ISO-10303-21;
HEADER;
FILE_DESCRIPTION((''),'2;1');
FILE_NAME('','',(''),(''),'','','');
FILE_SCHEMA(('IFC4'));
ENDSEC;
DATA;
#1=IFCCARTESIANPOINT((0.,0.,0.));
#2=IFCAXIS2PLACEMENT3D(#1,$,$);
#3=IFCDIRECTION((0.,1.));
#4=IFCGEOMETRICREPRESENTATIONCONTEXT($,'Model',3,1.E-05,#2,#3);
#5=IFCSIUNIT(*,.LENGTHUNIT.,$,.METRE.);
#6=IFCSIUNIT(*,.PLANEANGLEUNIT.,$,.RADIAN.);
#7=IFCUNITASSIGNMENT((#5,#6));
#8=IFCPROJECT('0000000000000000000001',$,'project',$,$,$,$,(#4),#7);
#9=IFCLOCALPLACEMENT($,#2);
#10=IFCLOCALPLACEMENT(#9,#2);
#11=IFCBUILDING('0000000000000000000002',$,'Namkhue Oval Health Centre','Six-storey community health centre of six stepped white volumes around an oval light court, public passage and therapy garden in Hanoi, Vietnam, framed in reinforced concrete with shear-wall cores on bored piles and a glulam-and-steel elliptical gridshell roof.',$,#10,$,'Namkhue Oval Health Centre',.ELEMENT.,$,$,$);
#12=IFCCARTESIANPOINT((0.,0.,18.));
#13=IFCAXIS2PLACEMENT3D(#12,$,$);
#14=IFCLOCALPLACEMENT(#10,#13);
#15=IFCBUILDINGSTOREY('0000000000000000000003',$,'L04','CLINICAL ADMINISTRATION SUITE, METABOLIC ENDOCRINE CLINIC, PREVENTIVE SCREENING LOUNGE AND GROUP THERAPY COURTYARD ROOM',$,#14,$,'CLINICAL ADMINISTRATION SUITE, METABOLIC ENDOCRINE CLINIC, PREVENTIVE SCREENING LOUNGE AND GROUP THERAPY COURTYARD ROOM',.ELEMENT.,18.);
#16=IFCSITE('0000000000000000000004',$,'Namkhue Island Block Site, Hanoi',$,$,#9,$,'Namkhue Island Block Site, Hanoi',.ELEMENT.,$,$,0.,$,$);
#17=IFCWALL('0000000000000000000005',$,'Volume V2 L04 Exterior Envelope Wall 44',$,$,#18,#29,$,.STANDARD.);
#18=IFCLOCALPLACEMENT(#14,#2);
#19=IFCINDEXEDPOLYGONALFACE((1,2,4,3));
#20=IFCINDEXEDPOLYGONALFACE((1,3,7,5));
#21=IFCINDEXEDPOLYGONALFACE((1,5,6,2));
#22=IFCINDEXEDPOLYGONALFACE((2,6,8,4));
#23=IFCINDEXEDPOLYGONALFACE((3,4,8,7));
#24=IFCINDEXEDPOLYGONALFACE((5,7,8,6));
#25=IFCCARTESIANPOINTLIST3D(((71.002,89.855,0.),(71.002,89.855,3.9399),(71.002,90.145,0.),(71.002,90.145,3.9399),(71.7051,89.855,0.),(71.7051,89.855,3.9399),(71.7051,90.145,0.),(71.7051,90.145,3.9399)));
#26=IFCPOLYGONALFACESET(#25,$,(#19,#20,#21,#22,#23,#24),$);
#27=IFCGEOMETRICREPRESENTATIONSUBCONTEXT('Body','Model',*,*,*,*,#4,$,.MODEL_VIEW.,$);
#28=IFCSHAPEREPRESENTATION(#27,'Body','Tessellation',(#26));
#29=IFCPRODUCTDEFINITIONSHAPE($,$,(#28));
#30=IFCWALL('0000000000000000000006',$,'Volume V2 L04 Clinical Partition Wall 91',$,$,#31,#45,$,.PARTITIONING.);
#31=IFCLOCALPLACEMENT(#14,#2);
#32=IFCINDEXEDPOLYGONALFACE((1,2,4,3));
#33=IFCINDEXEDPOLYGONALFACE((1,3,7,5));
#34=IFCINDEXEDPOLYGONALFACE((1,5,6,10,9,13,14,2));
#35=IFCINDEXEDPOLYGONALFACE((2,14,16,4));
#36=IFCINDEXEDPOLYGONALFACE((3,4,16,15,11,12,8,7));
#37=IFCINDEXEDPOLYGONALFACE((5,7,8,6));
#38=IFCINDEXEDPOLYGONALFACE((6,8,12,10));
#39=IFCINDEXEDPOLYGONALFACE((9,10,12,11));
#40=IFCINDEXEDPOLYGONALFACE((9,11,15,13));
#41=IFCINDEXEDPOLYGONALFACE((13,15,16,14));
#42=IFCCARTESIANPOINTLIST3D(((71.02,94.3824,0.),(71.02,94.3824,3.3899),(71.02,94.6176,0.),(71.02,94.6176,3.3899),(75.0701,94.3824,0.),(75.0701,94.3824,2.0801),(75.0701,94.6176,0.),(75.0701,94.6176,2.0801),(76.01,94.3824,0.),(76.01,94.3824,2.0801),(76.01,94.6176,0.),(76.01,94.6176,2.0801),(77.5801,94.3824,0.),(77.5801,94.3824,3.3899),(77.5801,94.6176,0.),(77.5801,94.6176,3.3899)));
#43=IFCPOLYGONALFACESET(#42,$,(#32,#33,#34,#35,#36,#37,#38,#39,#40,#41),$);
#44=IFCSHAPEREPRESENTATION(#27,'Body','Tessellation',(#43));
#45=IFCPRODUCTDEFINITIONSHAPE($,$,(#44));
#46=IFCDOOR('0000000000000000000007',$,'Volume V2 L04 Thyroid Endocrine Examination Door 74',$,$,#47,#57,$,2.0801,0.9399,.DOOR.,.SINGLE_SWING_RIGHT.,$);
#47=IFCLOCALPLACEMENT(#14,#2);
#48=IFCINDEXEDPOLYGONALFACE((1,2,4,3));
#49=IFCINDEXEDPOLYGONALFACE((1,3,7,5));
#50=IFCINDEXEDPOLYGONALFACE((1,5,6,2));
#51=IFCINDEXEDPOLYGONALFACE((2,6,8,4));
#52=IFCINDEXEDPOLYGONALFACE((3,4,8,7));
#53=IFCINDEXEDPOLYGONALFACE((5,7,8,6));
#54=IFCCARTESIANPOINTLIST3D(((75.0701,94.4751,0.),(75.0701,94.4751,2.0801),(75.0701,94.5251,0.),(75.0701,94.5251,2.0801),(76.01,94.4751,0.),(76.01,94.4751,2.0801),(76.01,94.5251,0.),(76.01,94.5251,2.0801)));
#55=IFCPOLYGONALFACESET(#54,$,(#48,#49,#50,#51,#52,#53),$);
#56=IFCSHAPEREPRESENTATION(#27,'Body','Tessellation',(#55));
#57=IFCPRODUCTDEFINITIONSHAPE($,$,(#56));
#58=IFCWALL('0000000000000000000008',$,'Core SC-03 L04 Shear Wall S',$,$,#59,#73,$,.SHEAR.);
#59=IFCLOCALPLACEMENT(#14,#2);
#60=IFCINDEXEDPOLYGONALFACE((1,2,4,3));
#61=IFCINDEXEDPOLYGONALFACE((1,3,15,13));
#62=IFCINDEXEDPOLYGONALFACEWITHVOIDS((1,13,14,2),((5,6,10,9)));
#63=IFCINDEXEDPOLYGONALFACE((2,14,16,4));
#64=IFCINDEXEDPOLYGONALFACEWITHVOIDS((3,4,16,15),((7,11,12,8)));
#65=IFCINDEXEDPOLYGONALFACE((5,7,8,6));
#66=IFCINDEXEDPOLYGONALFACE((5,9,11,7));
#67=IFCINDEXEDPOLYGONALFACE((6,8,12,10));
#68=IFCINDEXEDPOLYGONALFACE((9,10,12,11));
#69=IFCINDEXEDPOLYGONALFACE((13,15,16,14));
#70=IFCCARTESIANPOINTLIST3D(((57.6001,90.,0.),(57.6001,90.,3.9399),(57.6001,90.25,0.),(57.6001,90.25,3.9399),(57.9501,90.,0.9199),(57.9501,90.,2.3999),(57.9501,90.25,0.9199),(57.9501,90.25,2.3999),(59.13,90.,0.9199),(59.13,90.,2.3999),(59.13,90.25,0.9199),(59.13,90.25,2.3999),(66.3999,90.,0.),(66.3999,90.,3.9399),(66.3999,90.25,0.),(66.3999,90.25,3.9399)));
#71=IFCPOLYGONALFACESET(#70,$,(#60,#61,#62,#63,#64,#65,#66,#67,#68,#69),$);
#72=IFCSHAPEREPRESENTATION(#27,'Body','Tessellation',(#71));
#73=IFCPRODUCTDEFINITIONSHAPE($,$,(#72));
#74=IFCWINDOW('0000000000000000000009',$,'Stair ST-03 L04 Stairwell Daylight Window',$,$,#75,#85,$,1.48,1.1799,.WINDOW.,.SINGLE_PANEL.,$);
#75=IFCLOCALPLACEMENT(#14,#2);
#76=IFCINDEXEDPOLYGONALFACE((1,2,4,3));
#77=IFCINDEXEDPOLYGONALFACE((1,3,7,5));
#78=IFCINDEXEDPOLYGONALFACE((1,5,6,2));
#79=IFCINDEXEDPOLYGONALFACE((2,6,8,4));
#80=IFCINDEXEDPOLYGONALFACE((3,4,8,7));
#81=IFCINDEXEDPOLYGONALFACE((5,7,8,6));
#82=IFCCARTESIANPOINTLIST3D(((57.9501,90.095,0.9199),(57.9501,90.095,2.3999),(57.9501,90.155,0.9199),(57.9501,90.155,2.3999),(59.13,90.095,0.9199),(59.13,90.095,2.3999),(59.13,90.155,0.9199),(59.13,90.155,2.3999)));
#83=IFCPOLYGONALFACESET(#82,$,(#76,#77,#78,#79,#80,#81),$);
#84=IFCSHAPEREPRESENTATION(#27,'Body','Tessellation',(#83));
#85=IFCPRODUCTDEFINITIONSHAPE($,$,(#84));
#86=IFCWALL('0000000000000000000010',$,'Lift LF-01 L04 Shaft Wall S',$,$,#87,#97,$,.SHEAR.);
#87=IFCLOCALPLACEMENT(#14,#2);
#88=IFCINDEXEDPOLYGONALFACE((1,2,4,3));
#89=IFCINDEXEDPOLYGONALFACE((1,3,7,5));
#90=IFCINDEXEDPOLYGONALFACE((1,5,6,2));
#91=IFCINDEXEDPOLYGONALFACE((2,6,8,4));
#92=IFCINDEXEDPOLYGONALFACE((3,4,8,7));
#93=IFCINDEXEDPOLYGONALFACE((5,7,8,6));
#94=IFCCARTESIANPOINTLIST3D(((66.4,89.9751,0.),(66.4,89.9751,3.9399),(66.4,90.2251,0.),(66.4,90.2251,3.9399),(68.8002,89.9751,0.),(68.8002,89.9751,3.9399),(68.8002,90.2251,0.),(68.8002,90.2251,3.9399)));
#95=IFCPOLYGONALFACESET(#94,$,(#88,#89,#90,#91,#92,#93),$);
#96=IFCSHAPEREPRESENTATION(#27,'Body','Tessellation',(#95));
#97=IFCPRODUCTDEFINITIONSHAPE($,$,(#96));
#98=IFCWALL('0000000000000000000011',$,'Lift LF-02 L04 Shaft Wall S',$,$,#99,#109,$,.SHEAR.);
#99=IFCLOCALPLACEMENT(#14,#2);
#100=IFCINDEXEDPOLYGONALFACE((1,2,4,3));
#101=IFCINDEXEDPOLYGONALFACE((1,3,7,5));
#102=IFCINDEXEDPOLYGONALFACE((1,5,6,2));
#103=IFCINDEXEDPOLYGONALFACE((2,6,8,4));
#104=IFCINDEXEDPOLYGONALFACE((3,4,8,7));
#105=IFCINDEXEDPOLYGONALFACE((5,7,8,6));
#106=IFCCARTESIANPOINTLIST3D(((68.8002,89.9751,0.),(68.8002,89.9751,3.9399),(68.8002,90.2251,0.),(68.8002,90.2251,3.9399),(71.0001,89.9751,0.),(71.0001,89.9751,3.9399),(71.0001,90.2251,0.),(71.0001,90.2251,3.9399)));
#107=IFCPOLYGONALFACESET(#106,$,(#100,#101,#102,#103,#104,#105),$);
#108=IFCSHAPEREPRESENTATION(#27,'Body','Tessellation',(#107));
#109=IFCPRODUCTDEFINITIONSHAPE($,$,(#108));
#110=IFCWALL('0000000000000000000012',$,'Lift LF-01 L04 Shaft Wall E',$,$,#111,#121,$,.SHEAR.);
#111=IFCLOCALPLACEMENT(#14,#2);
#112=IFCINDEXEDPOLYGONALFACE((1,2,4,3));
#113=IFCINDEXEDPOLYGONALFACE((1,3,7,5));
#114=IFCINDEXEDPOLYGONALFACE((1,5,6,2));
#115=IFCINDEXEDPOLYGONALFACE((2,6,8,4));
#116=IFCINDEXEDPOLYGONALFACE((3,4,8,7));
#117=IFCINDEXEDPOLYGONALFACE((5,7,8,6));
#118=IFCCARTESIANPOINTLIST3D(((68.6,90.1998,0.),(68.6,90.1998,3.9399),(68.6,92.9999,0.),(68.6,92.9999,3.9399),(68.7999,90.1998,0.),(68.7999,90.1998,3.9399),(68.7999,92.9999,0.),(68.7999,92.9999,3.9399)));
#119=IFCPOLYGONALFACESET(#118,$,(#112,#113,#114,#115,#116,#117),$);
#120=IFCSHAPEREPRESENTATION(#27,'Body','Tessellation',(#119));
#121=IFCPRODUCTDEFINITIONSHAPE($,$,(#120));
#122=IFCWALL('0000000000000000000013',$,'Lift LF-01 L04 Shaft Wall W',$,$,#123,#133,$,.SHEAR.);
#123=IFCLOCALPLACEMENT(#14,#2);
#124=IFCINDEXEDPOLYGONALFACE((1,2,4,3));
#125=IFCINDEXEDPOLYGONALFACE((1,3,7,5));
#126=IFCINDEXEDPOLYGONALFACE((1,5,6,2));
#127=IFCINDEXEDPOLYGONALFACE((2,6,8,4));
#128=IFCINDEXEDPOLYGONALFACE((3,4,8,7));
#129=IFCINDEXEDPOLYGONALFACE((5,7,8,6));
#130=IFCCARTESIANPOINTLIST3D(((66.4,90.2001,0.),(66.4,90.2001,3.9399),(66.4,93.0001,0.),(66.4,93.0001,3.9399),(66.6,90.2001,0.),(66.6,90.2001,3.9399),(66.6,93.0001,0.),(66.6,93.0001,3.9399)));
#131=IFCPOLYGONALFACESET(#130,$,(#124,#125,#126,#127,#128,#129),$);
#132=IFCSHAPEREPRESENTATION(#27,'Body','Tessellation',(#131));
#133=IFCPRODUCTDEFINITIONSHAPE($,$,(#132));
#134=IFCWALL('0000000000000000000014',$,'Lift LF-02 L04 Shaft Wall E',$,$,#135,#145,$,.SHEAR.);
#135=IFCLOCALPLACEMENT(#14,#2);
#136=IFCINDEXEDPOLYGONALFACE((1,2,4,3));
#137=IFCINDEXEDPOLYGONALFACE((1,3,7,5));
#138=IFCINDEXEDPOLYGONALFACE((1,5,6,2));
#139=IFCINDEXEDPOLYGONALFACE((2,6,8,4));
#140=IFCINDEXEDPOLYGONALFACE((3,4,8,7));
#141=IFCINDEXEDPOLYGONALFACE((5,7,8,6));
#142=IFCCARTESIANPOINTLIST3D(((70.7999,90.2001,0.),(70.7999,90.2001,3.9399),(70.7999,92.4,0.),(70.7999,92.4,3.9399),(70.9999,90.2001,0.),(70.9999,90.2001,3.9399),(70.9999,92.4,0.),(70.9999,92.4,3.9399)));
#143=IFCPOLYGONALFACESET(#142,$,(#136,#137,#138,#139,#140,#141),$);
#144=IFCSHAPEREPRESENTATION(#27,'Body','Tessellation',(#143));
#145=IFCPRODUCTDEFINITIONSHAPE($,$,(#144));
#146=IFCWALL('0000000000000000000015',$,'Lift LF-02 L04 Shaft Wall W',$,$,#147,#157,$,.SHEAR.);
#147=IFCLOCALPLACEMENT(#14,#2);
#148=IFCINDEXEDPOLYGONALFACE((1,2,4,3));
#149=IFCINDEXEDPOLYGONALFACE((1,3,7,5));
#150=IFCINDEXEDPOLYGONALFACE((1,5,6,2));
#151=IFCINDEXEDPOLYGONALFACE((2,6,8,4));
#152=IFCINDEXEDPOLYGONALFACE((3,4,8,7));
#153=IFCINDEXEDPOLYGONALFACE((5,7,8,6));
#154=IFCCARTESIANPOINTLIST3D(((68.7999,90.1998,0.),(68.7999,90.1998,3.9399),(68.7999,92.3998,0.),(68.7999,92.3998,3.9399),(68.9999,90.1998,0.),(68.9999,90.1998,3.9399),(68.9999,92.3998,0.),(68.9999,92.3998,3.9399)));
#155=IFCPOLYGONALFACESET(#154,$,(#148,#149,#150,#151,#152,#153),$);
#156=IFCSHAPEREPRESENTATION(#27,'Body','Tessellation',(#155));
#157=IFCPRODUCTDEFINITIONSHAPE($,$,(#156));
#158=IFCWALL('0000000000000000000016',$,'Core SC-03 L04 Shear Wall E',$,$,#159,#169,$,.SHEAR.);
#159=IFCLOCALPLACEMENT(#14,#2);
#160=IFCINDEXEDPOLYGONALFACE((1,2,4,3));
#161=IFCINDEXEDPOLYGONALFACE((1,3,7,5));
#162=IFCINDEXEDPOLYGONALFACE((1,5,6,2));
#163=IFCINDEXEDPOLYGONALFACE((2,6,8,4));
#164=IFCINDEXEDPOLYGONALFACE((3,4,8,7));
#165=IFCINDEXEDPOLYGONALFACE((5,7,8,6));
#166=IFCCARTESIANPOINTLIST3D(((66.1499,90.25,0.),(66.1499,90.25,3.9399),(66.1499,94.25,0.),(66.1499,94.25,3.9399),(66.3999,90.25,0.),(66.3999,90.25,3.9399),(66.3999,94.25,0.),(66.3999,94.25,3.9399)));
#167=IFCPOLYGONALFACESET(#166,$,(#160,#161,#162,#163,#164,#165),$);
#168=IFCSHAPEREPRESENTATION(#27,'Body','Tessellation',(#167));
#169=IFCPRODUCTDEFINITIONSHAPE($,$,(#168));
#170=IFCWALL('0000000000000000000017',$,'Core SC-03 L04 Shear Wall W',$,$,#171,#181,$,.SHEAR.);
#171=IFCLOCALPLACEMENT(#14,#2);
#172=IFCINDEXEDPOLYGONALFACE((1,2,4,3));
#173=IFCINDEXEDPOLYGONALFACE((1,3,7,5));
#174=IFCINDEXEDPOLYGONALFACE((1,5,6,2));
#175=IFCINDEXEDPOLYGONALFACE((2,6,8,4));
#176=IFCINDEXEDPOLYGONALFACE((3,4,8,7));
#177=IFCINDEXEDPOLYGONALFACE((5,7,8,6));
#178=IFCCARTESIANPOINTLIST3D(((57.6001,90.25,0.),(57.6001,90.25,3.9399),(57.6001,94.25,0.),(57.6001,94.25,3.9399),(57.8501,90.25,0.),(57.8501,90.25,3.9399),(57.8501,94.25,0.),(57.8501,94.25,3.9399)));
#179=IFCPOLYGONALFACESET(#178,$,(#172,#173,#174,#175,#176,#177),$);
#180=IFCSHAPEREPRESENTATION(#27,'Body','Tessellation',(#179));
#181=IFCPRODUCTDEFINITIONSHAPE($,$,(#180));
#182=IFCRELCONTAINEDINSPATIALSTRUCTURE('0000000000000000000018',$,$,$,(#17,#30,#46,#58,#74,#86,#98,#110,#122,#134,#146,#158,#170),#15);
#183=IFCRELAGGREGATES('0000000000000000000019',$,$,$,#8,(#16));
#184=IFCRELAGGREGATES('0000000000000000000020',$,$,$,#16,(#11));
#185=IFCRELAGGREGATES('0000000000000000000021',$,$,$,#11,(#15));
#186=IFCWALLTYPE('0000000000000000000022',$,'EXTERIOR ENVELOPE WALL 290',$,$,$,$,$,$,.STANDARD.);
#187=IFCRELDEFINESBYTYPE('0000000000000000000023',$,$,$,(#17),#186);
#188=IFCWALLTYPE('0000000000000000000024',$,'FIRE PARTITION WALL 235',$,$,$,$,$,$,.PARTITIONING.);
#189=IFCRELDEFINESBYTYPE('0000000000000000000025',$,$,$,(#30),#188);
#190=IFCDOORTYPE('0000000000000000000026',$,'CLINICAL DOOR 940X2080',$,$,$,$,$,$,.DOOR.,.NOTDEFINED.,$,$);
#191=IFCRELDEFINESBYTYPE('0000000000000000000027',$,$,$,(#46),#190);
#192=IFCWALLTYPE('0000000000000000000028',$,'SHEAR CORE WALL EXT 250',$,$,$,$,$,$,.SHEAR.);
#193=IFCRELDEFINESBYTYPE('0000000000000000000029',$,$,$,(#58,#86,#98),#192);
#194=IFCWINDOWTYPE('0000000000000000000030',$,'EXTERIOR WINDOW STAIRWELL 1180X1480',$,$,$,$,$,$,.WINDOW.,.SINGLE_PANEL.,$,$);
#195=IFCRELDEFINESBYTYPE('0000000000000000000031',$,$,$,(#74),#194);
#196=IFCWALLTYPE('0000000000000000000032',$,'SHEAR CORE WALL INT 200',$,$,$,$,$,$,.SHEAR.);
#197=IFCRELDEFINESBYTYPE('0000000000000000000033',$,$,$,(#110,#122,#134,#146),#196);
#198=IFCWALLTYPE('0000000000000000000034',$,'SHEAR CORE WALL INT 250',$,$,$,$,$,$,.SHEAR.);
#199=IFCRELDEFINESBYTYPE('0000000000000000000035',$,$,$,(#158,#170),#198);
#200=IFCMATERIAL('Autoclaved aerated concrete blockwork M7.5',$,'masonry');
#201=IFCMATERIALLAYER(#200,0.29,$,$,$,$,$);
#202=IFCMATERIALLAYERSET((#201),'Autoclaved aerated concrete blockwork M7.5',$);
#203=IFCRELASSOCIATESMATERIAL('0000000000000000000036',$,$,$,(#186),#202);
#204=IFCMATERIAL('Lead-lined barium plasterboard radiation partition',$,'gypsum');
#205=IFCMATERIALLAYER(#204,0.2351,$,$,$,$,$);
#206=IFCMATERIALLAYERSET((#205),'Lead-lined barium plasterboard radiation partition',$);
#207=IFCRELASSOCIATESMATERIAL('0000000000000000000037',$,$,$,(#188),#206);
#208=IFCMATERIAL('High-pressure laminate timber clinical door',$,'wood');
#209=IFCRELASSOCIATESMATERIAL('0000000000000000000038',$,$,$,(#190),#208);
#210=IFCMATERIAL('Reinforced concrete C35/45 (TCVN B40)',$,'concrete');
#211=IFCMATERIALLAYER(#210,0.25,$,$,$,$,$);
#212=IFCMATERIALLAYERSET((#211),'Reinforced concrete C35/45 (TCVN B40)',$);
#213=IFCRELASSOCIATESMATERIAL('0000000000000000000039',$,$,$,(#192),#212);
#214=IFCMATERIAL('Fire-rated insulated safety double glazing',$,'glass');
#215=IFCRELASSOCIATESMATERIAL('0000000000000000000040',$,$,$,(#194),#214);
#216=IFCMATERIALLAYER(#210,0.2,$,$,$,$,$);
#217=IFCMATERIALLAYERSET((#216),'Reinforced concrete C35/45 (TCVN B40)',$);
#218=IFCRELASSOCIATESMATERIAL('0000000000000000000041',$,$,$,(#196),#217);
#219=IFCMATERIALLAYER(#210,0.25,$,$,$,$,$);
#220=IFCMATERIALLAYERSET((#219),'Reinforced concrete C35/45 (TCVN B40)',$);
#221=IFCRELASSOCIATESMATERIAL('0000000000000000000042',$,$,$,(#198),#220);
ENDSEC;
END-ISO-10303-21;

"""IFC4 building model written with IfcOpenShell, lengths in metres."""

from ifc_helpers import new_model, si_unit, direction, frame, frame_2d, origin, place, context, subcontext, project, spatial, rectangle, extrude, material, layer, layer_set, type_object, element, fill, save


model = new_model("IFC4")

# Units and contexts
model_context = context("Model", 3, precision=1e-05, world=origin(), true_north=direction((0.0, 1.0)))
body_context = subcontext(model_context, "Body", "Model", "MODEL_VIEW")
ifc_project = project(units=[si_unit("LENGTHUNIT", "METRE"), si_unit("PLANEANGLEUNIT", "RADIAN")], contexts=[model_context])

# Site, building, storey
site_placement = place(None, origin())
site = spatial("IfcSite", under=ifc_project, at=site_placement, Name="Namkhue Island Block Site, Hanoi", LongName="Namkhue Island Block Site, Hanoi", CompositionType="ELEMENT", RefElevation=0.0)
building_placement = place(site_placement, origin())
building = spatial("IfcBuilding", under=site, at=building_placement, Name="Namkhue Oval Health Centre", Description="Six-storey community health centre of six stepped white volumes around an oval light court, public passage and therapy garden in Hanoi, Vietnam, framed in reinforced concrete with shear-wall cores on bored piles and a glulam-and-steel elliptical gridshell roof.", LongName="Namkhue Oval Health Centre", CompositionType="ELEMENT")
storey_placement = place(building_placement, frame((0.0, 0.0, 18.0)))
storey = spatial("IfcBuildingStorey", under=building, at=storey_placement, Name="L04", Description="CLINICAL ADMINISTRATION SUITE, METABOLIC ENDOCRINE CLINIC, PREVENTIVE SCREENING LOUNGE AND GROUP THERAPY COURTYARD ROOM", LongName="CLINICAL ADMINISTRATION SUITE, METABOLIC ENDOCRINE CLINIC, PREVENTIVE SCREENING LOUNGE AND GROUP THERAPY COURTYARD ROOM", CompositionType="ELEMENT", Elevation=18.0)

# Wall
ifc_material_1 = material(Name="Autoclaved aerated concrete blockwork M7.5", Category="masonry")
ifc_layer_1 = layer(ifc_material_1, 0.29)
ifc_layer_set_1 = layer_set([ifc_layer_1], Name="Autoclaved aerated concrete blockwork M7.5")
wall_type_1 = type_object("IfcWallType", Name="EXTERIOR ENVELOPE WALL 290", PredefinedType="STANDARD", material=ifc_layer_set_1)
wall_1_placement = place(storey_placement, frame((71.002, 90.0, 0.0), z_axis=(0.0, 0.0, 1.0), x_axis=(1.0, 0.0, 0.0)))
element("IfcWall", 1, at=wall_1_placement, inside=storey, type_object=wall_type_1, Name="Volume V2 L04 Exterior Envelope Wall 44", PredefinedType="STANDARD", context=body_context, shape_type="SweptSolid", body=[
    extrude(rectangle(XDim=0.7031, YDim=0.29, at=frame_2d((0.3516, 0.0))), origin(), (0.0, 0.0, 1.0), 3.9399),
])

# Wall, opening, door
ifc_material_2 = material(Name="Lead-lined barium plasterboard radiation partition", Category="gypsum")
ifc_layer_2 = layer(ifc_material_2, 0.2351)
ifc_layer_set_2 = layer_set([ifc_layer_2], Name="Lead-lined barium plasterboard radiation partition")
wall_type_2 = type_object("IfcWallType", Name="FIRE PARTITION WALL 235", PredefinedType="PARTITIONING", material=ifc_layer_set_2)
wall_2_placement = place(storey_placement, frame((71.02, 94.5, 0.0), z_axis=(0.0, 0.0, 1.0), x_axis=(1.0, 0.0, 0.0)))
wall_2 = element("IfcWall", 2, at=wall_2_placement, inside=storey, type_object=wall_type_2, Name="Volume V2 L04 Clinical Partition Wall 91", PredefinedType="PARTITIONING", context=body_context, shape_type="SweptSolid", body=[
    extrude(rectangle(XDim=6.5601, YDim=0.2351, at=frame_2d((3.28, 0.0))), origin(), (0.0, 0.0, 1.0), 3.3899),
])
opening_1_placement = place(wall_2_placement, frame((4.05, 0.0, 0.0)))
opening_1 = element("IfcOpeningElement", 3, at=opening_1_placement, cuts=wall_2, PredefinedType="OPENING", context=body_context, shape_type="SweptSolid", body=[
    extrude(rectangle(XDim=0.9399, YDim=2.0801, at=frame_2d((0.47, 1.04))), frame((0.0, 0.1274, 0.0), z_axis=(0.0, -1.0, 0.0), x_axis=(1.0, 0.0, 0.0)), (0.0, 0.0, 1.0), 0.2551),
])
ifc_material_3 = material(Name="High-pressure laminate timber clinical door", Category="wood")
door_type_1 = type_object("IfcDoorType", Name="CLINICAL DOOR 940X2080", OperationType="NOTDEFINED", PredefinedType="DOOR", material=ifc_material_3)
door_1_placement = place(opening_1_placement, frame((0.9399, 0.0, 0.0), z_axis=(0.0, 0.0, 1.0), x_axis=(-1.0, 0.0, 0.0)))
door_1 = element("IfcDoor", 4, at=door_1_placement, inside=storey, type_object=door_type_1, Name="Volume V2 L04 Thyroid Endocrine Examination Door 74", OperationType="SINGLE_SWING_RIGHT", OverallHeight=2.0801, OverallWidth=0.9399, PredefinedType="DOOR", context=body_context, shape_type="SweptSolid", body=[
    extrude(rectangle(XDim=0.9399, YDim=2.0801, at=frame_2d((0.47, 1.04))), frame((0.0, 0.0249, 0.0), z_axis=(0.0, -1.0, 0.0), x_axis=(1.0, 0.0, 0.0)), (0.0, 0.0, 1.0), 0.05),
])
fill(opening_1, door_1)

# Wall, opening, window
ifc_material_4 = material(Name="Reinforced concrete C35/45 (TCVN B40)", Category="concrete")
ifc_layer_3 = layer(ifc_material_4, 0.25)
ifc_layer_set_3 = layer_set([ifc_layer_3], Name="Reinforced concrete C35/45 (TCVN B40)")
wall_type_3 = type_object("IfcWallType", Name="SHEAR CORE WALL EXT 250", PredefinedType="SHEAR", material=ifc_layer_set_3)
wall_3_placement = place(storey_placement, frame((57.6001, 90.125, 0.0), z_axis=(0.0, 0.0, 1.0), x_axis=(1.0, 0.0, 0.0)))
wall_3 = element("IfcWall", 5, at=wall_3_placement, inside=storey, type_object=wall_type_3, Name="Core SC-03 L04 Shear Wall S", PredefinedType="SHEAR", context=body_context, shape_type="SweptSolid", body=[
    extrude(rectangle(XDim=8.7998, YDim=0.25, at=frame_2d((4.3999, 0.0))), origin(), (0.0, 0.0, 1.0), 3.9399),
])
opening_2_placement = place(wall_3_placement, frame((0.3501, 0.0, 0.9199)))
opening_2 = element("IfcOpeningElement", 6, at=opening_2_placement, cuts=wall_3, PredefinedType="OPENING", context=body_context, shape_type="SweptSolid", body=[
    extrude(rectangle(XDim=1.1799, YDim=1.48, at=frame_2d((0.5898, 0.74))), frame((0.0, 0.135, 0.0), z_axis=(0.0, -1.0, 0.0), x_axis=(1.0, 0.0, 0.0)), (0.0, 0.0, 1.0), 0.27),
])
ifc_material_5 = material(Name="Fire-rated insulated safety double glazing", Category="glass")
window_type = type_object("IfcWindowType", Name="EXTERIOR WINDOW STAIRWELL 1180X1480", PartitioningType="SINGLE_PANEL", PredefinedType="WINDOW", material=ifc_material_5)
window_placement = place(opening_2_placement, origin())
window = element("IfcWindow", 7, at=window_placement, inside=storey, type_object=window_type, Name="Stair ST-03 L04 Stairwell Daylight Window", OverallHeight=1.48, OverallWidth=1.1799, PartitioningType="SINGLE_PANEL", PredefinedType="WINDOW", context=body_context, shape_type="SweptSolid", body=[
    extrude(rectangle(XDim=1.1799, YDim=1.48, at=frame_2d((0.5898, 0.74))), frame((0.0, 0.03, 0.0), z_axis=(0.0, -1.0, 0.0), x_axis=(1.0, 0.0, 0.0)), (0.0, 0.0, 1.0), 0.0601),
])
fill(opening_2, window)

# Walls
wall_4_placement = place(storey_placement, frame((66.3999, 90.1001, 0.0), z_axis=(0.0, 0.0, 1.0), x_axis=(1.0, 0.0, 0.0)))
element("IfcWall", 8, at=wall_4_placement, inside=storey, type_object=wall_type_3, Name="Lift LF-01 L04 Shaft Wall S", PredefinedType="SHEAR", context=body_context, shape_type="SweptSolid", body=[
    extrude(rectangle(XDim=2.4001, YDim=0.25, at=frame_2d((1.2002, 0.0))), origin(), (0.0, 0.0, 1.0), 3.9399),
])
wall_5_placement = place(storey_placement, frame((68.8, 90.1001, 0.0), z_axis=(0.0, 0.0, 1.0), x_axis=(1.0, 0.0, 0.0)))
element("IfcWall", 9, at=wall_5_placement, inside=storey, type_object=wall_type_3, Name="Lift LF-02 L04 Shaft Wall S", PredefinedType="SHEAR", context=body_context, shape_type="SweptSolid", body=[
    extrude(rectangle(XDim=2.2, YDim=0.25, at=frame_2d((1.1001, 0.0))), origin(), (0.0, 0.0, 1.0), 3.9399),
])
ifc_layer_4 = layer(ifc_material_4, 0.2)
ifc_layer_set_4 = layer_set([ifc_layer_4], Name="Reinforced concrete C35/45 (TCVN B40)")
wall_type_4 = type_object("IfcWallType", Name="SHEAR CORE WALL INT 200", PredefinedType="SHEAR", material=ifc_layer_set_4)
wall_6_placement = place(storey_placement, frame((68.7, 90.2, 0.0), z_axis=(0.0, 0.0, 1.0), x_axis=(0.0, 1.0, 0.0)))
element("IfcWall", 10, at=wall_6_placement, inside=storey, type_object=wall_type_4, Name="Lift LF-01 L04 Shaft Wall E", PredefinedType="SHEAR", context=body_context, shape_type="SweptSolid", body=[
    extrude(rectangle(XDim=2.8, YDim=0.2, at=frame_2d((1.3999, 0.0))), origin(), (0.0, 0.0, 1.0), 3.9399),
])

# Walls
wall_7_placement = place(storey_placement, frame((66.5, 93.0, 0.0), z_axis=(0.0, 0.0, 1.0), x_axis=(0.0, -1.0, 0.0)))
element("IfcWall", 11, at=wall_7_placement, inside=storey, type_object=wall_type_4, Name="Lift LF-01 L04 Shaft Wall W", PredefinedType="SHEAR", context=body_context, shape_type="SweptSolid", body=[
    extrude(rectangle(XDim=2.8, YDim=0.2, at=frame_2d((1.3999, 0.0))), origin(), (0.0, 0.0, 1.0), 3.9399),
])
wall_8_placement = place(storey_placement, frame((70.8999, 90.2, 0.0), z_axis=(0.0, 0.0, 1.0), x_axis=(0.0, 1.0, 0.0)))
element("IfcWall", 12, at=wall_8_placement, inside=storey, type_object=wall_type_4, Name="Lift LF-02 L04 Shaft Wall E", PredefinedType="SHEAR", context=body_context, shape_type="SweptSolid", body=[
    extrude(rectangle(XDim=2.2, YDim=0.2, at=frame_2d((1.1001, 0.0))), origin(), (0.0, 0.0, 1.0), 3.9399),
])

# Walls
wall_9_placement = place(storey_placement, frame((68.8999, 92.3999, 0.0), z_axis=(0.0, 0.0, 1.0), x_axis=(0.0, -1.0, 0.0)))
element("IfcWall", 13, at=wall_9_placement, inside=storey, type_object=wall_type_4, Name="Lift LF-02 L04 Shaft Wall W", PredefinedType="SHEAR", context=body_context, shape_type="SweptSolid", body=[
    extrude(rectangle(XDim=2.2, YDim=0.2, at=frame_2d((1.1001, 0.0))), origin(), (0.0, 0.0, 1.0), 3.9399),
])
ifc_layer_5 = layer(ifc_material_4, 0.25)
ifc_layer_set_5 = layer_set([ifc_layer_5], Name="Reinforced concrete C35/45 (TCVN B40)")
wall_type_5 = type_object("IfcWallType", Name="SHEAR CORE WALL INT 250", PredefinedType="SHEAR", material=ifc_layer_set_5)
wall_10_placement = place(storey_placement, frame((66.2749, 90.25, 0.0), z_axis=(0.0, 0.0, 1.0), x_axis=(0.0, 1.0, 0.0)))
element("IfcWall", 14, at=wall_10_placement, inside=storey, type_object=wall_type_5, Name="Core SC-03 L04 Shear Wall E", PredefinedType="SHEAR", context=body_context, shape_type="SweptSolid", body=[
    extrude(rectangle(XDim=4.0, YDim=0.25, at=frame_2d((2.0, 0.0))), origin(), (0.0, 0.0, 1.0), 3.9399),
])

# Wall
wall_11_placement = place(storey_placement, frame((57.7251, 94.25, 0.0), z_axis=(0.0, 0.0, 1.0), x_axis=(0.0, -1.0, 0.0)))
element("IfcWall", 15, at=wall_11_placement, inside=storey, type_object=wall_type_5, Name="Core SC-03 L04 Shear Wall W", PredefinedType="SHEAR", context=body_context, shape_type="SweptSolid", body=[
    extrude(rectangle(XDim=4.0, YDim=0.25, at=frame_2d((2.0, 0.0))), origin(), (0.0, 0.0, 1.0), 3.9399),
])

save(model, "model.ifc")
